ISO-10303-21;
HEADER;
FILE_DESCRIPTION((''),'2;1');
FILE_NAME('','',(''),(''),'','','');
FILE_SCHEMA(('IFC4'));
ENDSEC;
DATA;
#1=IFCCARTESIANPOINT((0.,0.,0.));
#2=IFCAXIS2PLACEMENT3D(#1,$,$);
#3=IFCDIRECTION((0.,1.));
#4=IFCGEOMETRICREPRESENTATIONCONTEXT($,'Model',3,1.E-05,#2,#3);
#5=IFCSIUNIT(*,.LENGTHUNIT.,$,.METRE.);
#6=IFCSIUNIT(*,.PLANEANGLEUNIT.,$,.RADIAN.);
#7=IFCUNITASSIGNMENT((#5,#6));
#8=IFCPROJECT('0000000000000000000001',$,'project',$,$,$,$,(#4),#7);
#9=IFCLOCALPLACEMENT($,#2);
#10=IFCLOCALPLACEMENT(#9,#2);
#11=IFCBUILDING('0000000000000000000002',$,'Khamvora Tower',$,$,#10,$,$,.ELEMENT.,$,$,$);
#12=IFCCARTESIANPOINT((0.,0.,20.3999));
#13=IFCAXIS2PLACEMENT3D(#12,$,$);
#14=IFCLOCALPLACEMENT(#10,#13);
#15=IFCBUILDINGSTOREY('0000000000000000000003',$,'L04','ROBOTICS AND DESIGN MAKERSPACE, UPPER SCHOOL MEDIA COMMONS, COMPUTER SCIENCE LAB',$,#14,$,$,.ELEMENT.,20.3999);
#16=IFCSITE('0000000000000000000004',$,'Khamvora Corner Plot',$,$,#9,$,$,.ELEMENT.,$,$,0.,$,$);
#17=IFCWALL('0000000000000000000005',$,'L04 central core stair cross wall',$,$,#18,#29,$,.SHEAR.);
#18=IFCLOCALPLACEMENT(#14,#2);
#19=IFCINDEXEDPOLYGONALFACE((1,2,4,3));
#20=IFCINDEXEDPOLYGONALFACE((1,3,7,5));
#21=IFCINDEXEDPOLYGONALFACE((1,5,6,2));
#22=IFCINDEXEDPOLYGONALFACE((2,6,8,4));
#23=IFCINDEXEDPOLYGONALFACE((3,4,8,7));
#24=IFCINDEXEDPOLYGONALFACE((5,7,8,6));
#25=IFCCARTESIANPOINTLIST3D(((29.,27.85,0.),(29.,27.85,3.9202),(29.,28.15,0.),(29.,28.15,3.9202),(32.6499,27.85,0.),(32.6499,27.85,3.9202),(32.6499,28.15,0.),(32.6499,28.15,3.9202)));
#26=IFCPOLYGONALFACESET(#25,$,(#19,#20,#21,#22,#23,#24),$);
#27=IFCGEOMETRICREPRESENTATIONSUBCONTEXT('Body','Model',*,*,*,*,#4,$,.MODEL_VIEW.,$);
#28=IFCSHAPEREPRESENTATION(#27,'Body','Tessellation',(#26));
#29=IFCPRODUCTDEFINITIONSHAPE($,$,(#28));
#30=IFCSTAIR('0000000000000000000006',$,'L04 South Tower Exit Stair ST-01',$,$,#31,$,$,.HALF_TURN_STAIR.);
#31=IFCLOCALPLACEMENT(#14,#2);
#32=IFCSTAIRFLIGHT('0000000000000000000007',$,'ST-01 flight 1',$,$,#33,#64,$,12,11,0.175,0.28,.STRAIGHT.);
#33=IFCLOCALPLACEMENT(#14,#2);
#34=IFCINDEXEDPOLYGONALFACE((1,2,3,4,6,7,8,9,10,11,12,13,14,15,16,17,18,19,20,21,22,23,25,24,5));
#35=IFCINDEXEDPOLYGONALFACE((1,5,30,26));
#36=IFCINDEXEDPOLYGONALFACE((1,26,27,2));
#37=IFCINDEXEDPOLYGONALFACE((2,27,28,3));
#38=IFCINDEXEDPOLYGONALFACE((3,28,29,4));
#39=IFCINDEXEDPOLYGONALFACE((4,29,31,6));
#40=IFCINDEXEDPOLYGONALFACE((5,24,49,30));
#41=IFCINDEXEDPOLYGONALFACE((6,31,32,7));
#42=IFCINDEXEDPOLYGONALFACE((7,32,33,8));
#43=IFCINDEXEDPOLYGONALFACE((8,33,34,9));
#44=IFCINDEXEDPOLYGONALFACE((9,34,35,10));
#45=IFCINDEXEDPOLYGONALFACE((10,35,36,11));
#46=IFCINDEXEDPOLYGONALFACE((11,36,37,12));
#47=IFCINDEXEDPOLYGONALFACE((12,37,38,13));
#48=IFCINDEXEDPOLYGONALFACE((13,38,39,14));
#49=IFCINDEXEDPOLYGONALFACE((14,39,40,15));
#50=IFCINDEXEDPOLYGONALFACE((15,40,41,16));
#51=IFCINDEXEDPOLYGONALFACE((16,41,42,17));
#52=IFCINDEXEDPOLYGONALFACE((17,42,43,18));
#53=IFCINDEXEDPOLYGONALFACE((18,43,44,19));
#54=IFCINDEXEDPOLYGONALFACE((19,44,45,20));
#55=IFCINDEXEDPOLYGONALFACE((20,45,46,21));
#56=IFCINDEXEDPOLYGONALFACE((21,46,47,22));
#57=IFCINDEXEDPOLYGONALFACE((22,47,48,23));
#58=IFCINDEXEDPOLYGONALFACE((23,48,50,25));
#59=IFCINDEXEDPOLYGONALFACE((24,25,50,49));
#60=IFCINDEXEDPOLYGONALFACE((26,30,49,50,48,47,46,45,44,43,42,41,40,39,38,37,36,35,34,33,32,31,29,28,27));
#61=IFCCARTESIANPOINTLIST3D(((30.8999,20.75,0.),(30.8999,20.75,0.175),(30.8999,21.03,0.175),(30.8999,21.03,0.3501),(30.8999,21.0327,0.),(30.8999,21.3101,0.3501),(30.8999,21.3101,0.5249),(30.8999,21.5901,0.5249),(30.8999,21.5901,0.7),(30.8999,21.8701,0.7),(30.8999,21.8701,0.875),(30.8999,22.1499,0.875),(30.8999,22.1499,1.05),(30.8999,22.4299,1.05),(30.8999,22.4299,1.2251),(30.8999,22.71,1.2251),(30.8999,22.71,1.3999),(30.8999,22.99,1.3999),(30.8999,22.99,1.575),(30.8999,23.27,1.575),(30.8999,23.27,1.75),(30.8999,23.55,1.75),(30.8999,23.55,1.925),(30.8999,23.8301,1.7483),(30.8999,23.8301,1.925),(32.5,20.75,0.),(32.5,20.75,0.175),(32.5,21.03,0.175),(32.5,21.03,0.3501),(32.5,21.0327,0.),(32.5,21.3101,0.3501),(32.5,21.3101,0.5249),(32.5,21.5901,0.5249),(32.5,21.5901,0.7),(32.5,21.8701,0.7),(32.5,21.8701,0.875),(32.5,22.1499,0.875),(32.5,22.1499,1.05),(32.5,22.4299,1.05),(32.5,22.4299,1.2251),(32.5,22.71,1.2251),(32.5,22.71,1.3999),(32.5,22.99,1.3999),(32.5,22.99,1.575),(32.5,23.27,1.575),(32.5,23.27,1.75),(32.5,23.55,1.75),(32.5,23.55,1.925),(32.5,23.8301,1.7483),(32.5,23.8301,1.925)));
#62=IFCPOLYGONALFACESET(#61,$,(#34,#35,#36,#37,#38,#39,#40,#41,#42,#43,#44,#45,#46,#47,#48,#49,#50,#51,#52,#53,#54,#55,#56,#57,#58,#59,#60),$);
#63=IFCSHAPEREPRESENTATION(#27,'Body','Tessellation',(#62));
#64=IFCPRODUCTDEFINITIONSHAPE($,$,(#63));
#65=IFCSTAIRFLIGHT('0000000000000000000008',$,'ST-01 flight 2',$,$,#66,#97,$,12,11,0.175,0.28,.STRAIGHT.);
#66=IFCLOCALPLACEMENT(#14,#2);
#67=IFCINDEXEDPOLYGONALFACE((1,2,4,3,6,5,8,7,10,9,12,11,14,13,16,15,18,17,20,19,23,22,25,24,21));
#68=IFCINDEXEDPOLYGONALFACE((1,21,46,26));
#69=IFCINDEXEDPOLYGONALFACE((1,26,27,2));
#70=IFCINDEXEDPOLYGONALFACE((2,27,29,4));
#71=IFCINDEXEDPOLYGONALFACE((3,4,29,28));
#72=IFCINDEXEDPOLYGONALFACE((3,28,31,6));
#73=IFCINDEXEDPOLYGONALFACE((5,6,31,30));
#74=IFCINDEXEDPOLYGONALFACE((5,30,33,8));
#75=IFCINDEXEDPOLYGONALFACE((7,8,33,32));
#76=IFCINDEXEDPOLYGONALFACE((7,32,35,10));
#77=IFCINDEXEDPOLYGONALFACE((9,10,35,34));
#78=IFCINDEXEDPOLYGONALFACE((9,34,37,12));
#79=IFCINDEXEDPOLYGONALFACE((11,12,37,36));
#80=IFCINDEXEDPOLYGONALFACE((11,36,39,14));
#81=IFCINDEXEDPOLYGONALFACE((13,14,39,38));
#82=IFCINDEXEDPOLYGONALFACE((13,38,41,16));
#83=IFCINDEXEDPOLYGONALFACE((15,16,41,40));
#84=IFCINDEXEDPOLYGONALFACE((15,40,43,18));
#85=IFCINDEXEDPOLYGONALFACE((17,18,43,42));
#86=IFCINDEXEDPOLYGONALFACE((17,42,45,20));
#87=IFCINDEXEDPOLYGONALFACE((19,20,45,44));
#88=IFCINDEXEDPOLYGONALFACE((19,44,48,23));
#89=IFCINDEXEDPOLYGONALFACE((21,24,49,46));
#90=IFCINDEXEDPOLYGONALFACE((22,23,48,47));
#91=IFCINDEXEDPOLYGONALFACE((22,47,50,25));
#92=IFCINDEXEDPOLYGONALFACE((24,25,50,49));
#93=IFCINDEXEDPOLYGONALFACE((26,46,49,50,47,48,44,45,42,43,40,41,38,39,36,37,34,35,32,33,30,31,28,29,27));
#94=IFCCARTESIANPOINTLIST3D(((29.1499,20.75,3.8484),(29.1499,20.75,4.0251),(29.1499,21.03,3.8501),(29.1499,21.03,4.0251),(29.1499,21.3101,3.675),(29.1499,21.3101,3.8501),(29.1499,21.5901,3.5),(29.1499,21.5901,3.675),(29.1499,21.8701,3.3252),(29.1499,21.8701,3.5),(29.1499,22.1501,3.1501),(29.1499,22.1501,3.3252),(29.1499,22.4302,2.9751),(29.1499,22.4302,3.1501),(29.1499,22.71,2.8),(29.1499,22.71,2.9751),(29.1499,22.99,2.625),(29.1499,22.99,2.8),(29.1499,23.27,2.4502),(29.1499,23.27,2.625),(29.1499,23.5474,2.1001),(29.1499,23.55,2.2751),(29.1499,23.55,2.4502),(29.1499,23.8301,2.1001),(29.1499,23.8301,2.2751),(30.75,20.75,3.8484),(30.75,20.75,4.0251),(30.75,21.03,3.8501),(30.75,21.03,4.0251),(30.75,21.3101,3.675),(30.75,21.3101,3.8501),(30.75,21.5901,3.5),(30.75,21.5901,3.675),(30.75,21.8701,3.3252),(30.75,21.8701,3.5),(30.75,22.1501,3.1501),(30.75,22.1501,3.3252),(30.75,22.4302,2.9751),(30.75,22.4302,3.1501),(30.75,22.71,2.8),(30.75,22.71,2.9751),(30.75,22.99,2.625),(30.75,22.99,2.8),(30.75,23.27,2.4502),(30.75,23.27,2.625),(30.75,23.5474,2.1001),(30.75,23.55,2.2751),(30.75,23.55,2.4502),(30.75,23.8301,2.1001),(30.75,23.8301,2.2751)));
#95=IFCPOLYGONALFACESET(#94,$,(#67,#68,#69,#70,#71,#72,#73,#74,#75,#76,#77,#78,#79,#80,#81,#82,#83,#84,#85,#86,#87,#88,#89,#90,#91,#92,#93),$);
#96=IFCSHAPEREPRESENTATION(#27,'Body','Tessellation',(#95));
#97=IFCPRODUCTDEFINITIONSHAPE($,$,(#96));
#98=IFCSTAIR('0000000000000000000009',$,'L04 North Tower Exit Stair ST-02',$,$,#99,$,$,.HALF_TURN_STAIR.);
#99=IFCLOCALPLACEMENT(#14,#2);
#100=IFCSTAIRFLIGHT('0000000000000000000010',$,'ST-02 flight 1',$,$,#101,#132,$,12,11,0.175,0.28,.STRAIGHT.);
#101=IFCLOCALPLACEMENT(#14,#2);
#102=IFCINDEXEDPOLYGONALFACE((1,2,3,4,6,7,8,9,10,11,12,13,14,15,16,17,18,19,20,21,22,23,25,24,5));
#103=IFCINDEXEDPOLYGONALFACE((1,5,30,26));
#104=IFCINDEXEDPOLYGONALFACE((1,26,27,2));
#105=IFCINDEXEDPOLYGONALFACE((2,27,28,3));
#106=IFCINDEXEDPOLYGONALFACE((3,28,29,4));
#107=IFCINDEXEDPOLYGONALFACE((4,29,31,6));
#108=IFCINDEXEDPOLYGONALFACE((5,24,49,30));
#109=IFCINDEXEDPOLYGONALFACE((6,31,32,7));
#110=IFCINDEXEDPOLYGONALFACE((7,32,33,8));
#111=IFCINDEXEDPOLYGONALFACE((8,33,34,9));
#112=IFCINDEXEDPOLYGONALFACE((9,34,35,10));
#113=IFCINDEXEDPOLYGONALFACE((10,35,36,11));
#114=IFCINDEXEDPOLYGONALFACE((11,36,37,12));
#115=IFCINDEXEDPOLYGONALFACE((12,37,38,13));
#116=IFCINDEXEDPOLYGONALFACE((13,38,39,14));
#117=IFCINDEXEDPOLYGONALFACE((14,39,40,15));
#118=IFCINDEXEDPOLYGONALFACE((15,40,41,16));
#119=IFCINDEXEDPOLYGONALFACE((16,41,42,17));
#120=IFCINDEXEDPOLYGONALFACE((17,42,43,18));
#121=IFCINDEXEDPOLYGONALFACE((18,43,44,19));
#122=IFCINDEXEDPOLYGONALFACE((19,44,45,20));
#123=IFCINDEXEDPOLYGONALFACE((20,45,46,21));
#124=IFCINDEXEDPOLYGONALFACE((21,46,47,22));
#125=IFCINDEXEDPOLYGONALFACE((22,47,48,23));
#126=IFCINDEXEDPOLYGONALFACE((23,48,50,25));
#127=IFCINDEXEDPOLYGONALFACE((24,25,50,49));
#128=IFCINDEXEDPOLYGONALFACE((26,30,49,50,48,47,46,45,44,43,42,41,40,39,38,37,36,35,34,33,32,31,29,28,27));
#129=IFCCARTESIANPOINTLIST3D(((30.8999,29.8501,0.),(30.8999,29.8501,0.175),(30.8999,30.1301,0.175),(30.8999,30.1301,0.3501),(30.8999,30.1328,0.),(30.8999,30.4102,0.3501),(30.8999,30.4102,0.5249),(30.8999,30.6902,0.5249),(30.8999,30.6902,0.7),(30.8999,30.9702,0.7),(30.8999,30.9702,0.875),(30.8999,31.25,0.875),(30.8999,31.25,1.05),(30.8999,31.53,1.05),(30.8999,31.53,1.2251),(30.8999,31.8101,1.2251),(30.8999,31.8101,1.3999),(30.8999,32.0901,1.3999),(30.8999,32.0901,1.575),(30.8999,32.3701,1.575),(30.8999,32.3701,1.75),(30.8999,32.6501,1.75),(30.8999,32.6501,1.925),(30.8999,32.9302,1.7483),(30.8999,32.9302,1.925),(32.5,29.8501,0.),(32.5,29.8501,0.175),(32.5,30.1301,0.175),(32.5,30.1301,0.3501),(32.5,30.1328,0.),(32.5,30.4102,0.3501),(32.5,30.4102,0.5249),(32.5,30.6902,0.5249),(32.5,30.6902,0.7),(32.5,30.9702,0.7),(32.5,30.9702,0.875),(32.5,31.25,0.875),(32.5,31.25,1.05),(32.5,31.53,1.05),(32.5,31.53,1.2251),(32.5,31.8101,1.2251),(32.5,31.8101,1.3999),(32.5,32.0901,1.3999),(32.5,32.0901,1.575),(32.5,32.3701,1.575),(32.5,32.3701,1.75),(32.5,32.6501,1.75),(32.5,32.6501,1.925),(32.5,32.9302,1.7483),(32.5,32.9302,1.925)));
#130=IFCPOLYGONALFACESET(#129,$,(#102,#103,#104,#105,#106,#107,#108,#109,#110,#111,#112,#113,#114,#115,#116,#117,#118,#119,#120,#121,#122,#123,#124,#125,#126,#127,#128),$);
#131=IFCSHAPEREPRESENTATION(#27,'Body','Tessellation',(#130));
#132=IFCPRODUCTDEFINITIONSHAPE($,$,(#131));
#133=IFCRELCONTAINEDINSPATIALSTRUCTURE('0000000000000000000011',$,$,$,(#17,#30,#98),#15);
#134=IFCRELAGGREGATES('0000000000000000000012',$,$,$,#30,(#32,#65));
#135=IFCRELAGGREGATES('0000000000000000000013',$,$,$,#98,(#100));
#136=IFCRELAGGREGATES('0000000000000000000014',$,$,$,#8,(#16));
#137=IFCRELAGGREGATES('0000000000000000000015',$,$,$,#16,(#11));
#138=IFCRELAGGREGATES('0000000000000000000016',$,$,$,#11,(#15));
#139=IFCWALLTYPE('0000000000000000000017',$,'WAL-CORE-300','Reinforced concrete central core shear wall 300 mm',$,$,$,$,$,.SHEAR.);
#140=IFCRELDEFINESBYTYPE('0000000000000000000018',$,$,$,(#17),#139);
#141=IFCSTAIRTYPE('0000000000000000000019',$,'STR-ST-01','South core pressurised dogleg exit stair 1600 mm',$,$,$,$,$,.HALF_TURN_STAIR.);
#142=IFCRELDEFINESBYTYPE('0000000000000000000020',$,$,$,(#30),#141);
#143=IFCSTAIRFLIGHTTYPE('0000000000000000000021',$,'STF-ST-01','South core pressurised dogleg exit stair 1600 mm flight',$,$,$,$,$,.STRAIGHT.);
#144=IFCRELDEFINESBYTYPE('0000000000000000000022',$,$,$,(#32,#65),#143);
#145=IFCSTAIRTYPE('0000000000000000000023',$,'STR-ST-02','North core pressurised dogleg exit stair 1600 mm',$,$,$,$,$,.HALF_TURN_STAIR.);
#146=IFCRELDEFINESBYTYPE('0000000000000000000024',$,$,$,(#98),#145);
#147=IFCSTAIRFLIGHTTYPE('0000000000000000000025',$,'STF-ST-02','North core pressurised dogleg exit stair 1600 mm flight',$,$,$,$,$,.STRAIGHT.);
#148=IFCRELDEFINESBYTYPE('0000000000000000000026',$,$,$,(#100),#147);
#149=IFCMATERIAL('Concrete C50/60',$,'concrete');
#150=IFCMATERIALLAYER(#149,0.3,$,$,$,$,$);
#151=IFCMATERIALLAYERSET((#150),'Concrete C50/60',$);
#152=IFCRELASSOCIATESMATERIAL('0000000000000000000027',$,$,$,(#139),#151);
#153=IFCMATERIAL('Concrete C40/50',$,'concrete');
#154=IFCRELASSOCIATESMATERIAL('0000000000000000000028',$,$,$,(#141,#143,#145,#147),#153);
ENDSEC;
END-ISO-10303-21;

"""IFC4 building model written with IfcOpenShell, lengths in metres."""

from ifc_helpers import new_model, si_unit, direction, frame, frame_2d, origin, place, context, subcontext, project, spatial, polyline, rectangle, outline, extrude, material, layer, layer_set, type_object, element, aggregate, save


model = new_model("IFC4")

# Units and contexts
model_context = context("Model", 3, precision=1e-05, world=origin(), true_north=direction((0.0, 1.0)))
body_context = subcontext(model_context, "Body", "Model", "MODEL_VIEW")
ifc_project = project(units=[si_unit("LENGTHUNIT", "METRE"), si_unit("PLANEANGLEUNIT", "RADIAN")], contexts=[model_context])

# Site, building, storey
site_placement = place(None, origin())
site = spatial("IfcSite", under=ifc_project, at=site_placement, Name="Khamvora Corner Plot", CompositionType="ELEMENT", RefElevation=0.0)
building_placement = place(site_placement, origin())
building = spatial("IfcBuilding", under=site, at=building_placement, Name="Khamvora Tower", CompositionType="ELEMENT")
storey_placement = place(building_placement, frame((0.0, 0.0, 20.3999)))
storey = spatial("IfcBuildingStorey", under=building, at=storey_placement, Name="L04", Description="ROBOTICS AND DESIGN MAKERSPACE, UPPER SCHOOL MEDIA COMMONS, COMPUTER SCIENCE LAB", CompositionType="ELEMENT", Elevation=20.3999)

# Shared definitions
ifc_material_1 = material(Name="Concrete C50/60", Category="concrete")
ifc_layer_1 = layer(ifc_material_1, 0.3)
ifc_layer_set_1 = layer_set([ifc_layer_1], Name="Concrete C50/60")
wall_type = type_object("IfcWallType", Name="WAL-CORE-300", Description="Reinforced concrete central core shear wall 300 mm", PredefinedType="SHEAR", material=ifc_layer_set_1)

# Wall
wall_1_placement = place(storey_placement, frame((29.0, 28.0, 0.0), z_axis=(0.0, 0.0, 1.0), x_axis=(1.0, 0.0, 0.0)))
element("IfcWall", 1, at=wall_1_placement, inside=storey, type_object=wall_type, Name="L04 central core stair cross wall", PredefinedType="SHEAR", context=body_context, shape_type="SweptSolid", body=[
    extrude(rectangle(XDim=3.6499, YDim=0.3, at=frame_2d((1.825, 0.0))), origin(), (0.0, 0.0, 1.0), 3.9202),
])

# Stair, stair flights
ifc_material_2 = material(Name="Concrete C40/50", Category="concrete")
stair_type_1 = type_object("IfcStairType", Name="STR-ST-01", Description="South core pressurised dogleg exit stair 1600 mm", PredefinedType="HALF_TURN_STAIR", material=ifc_material_2)
stair_1_placement = place(storey_placement, origin())
stair_1 = element("IfcStair", 2, at=stair_1_placement, inside=storey, type_object=stair_type_1, Name="L04 South Tower Exit Stair ST-01", PredefinedType="HALF_TURN_STAIR")
stair_flight_type_1 = type_object("IfcStairFlightType", Name="STF-ST-01", Description="South core pressurised dogleg exit stair 1600 mm flight", PredefinedType="STRAIGHT", material=ifc_material_2)
stair_flight_1_placement = place(storey_placement, frame((31.7, 20.75, 0.0), z_axis=(0.0, 0.0, 1.0), x_axis=(0.0, 1.0, 0.0)))
stair_flight_1 = element("IfcStairFlight", 3, at=stair_flight_1_placement, type_object=stair_flight_type_1, Name="ST-01 flight 1", NumberOfRisers=12, NumberOfTreads=11, PredefinedType="STRAIGHT", RiserHeight=0.175, TreadLength=0.28, context=body_context, shape_type="SweptSolid", body=[
    extrude(outline(polyline([(0.0, 0.0), (0.0, 0.175), (0.28, 0.175), (0.28, 0.3501), (0.5601, 0.3501), (0.5601, 0.5249), (0.8401, 0.5249), (0.8401, 0.7), (1.1201, 0.7), (1.1201, 0.875), (1.3999, 0.875), (1.3999, 1.05), (1.6799, 1.05), (1.6799, 1.2251), (1.96, 1.2251), (1.96, 1.3999), (2.24, 1.3999), (2.24, 1.575), (2.52, 1.575), (2.52, 1.75), (2.8, 1.75), (2.8, 1.925), (3.0801, 1.925), (3.0801, 2.1001), (3.0801, 1.7483), (0.2827, 0.0), (0.0, 0.0)])), frame((0.0, 0.8, 0.0), z_axis=(0.0, -1.0, 0.0), x_axis=(1.0, 0.0, 0.0)), (0.0, 0.0, 1.0), 1.6001),
])
stair_flight_2_placement = place(storey_placement, frame((29.95, 23.8301, 2.1001), z_axis=(0.0, 0.0, 1.0), x_axis=(0.0, -1.0, 0.0)))
stair_flight_2 = element("IfcStairFlight", 4, at=stair_flight_2_placement, type_object=stair_flight_type_1, Name="ST-01 flight 2", NumberOfRisers=12, NumberOfTreads=11, PredefinedType="STRAIGHT", RiserHeight=0.175, TreadLength=0.28, context=body_context, shape_type="SweptSolid", body=[
    extrude(outline(polyline([(0.0, 0.0), (0.0, 0.175), (0.28, 0.175), (0.28, 0.3501), (0.5601, 0.3501), (0.5601, 0.5249), (0.8401, 0.5249), (0.8401, 0.7), (1.1201, 0.7), (1.1201, 0.875), (1.3999, 0.875), (1.3999, 1.05), (1.6799, 1.05), (1.6799, 1.2251), (1.96, 1.2251), (1.96, 1.3999), (2.24, 1.3999), (2.24, 1.575), (2.52, 1.575), (2.52, 1.75), (2.8, 1.75), (2.8, 1.925), (3.0801, 1.925), (3.0801, 2.1001), (3.0801, 1.7483), (0.2827, 0.0), (0.0, 0.0)])), frame((0.0, 0.8, 0.0), z_axis=(0.0, -1.0, 0.0), x_axis=(1.0, 0.0, 0.0)), (0.0, 0.0, 1.0), 1.6001),
])
aggregate(stair_1, [stair_flight_1, stair_flight_2])

# Stair, stair flight
stair_type_2 = type_object("IfcStairType", Name="STR-ST-02", Description="North core pressurised dogleg exit stair 1600 mm", PredefinedType="HALF_TURN_STAIR", material=ifc_material_2)
stair_2_placement = place(storey_placement, origin())
stair_2 = element("IfcStair", 5, at=stair_2_placement, inside=storey, type_object=stair_type_2, Name="L04 North Tower Exit Stair ST-02", PredefinedType="HALF_TURN_STAIR")
stair_flight_type_2 = type_object("IfcStairFlightType", Name="STF-ST-02", Description="North core pressurised dogleg exit stair 1600 mm flight", PredefinedType="STRAIGHT", material=ifc_material_2)
stair_flight_3_placement = place(storey_placement, frame((31.7, 29.8501, 0.0), z_axis=(0.0, 0.0, 1.0), x_axis=(0.0, 1.0, 0.0)))
stair_flight_3 = element("IfcStairFlight", 6, at=stair_flight_3_placement, type_object=stair_flight_type_2, Name="ST-02 flight 1", NumberOfRisers=12, NumberOfTreads=11, PredefinedType="STRAIGHT", RiserHeight=0.175, TreadLength=0.28, context=body_context, shape_type="SweptSolid", body=[
    extrude(outline(polyline([(0.0, 0.0), (0.0, 0.175), (0.28, 0.175), (0.28, 0.3501), (0.5601, 0.3501), (0.5601, 0.5249), (0.8401, 0.5249), (0.8401, 0.7), (1.1201, 0.7), (1.1201, 0.875), (1.3999, 0.875), (1.3999, 1.05), (1.6799, 1.05), (1.6799, 1.2251), (1.96, 1.2251), (1.96, 1.3999), (2.24, 1.3999), (2.24, 1.575), (2.52, 1.575), (2.52, 1.75), (2.8, 1.75), (2.8, 1.925), (3.0801, 1.925), (3.0801, 2.1001), (3.0801, 1.7483), (0.2827, 0.0), (0.0, 0.0)])), frame((0.0, 0.8, 0.0), z_axis=(0.0, -1.0, 0.0), x_axis=(1.0, 0.0, 0.0)), (0.0, 0.0, 1.0), 1.6001),
])
aggregate(stair_2, [stair_flight_3])

save(model, "model.ifc")
